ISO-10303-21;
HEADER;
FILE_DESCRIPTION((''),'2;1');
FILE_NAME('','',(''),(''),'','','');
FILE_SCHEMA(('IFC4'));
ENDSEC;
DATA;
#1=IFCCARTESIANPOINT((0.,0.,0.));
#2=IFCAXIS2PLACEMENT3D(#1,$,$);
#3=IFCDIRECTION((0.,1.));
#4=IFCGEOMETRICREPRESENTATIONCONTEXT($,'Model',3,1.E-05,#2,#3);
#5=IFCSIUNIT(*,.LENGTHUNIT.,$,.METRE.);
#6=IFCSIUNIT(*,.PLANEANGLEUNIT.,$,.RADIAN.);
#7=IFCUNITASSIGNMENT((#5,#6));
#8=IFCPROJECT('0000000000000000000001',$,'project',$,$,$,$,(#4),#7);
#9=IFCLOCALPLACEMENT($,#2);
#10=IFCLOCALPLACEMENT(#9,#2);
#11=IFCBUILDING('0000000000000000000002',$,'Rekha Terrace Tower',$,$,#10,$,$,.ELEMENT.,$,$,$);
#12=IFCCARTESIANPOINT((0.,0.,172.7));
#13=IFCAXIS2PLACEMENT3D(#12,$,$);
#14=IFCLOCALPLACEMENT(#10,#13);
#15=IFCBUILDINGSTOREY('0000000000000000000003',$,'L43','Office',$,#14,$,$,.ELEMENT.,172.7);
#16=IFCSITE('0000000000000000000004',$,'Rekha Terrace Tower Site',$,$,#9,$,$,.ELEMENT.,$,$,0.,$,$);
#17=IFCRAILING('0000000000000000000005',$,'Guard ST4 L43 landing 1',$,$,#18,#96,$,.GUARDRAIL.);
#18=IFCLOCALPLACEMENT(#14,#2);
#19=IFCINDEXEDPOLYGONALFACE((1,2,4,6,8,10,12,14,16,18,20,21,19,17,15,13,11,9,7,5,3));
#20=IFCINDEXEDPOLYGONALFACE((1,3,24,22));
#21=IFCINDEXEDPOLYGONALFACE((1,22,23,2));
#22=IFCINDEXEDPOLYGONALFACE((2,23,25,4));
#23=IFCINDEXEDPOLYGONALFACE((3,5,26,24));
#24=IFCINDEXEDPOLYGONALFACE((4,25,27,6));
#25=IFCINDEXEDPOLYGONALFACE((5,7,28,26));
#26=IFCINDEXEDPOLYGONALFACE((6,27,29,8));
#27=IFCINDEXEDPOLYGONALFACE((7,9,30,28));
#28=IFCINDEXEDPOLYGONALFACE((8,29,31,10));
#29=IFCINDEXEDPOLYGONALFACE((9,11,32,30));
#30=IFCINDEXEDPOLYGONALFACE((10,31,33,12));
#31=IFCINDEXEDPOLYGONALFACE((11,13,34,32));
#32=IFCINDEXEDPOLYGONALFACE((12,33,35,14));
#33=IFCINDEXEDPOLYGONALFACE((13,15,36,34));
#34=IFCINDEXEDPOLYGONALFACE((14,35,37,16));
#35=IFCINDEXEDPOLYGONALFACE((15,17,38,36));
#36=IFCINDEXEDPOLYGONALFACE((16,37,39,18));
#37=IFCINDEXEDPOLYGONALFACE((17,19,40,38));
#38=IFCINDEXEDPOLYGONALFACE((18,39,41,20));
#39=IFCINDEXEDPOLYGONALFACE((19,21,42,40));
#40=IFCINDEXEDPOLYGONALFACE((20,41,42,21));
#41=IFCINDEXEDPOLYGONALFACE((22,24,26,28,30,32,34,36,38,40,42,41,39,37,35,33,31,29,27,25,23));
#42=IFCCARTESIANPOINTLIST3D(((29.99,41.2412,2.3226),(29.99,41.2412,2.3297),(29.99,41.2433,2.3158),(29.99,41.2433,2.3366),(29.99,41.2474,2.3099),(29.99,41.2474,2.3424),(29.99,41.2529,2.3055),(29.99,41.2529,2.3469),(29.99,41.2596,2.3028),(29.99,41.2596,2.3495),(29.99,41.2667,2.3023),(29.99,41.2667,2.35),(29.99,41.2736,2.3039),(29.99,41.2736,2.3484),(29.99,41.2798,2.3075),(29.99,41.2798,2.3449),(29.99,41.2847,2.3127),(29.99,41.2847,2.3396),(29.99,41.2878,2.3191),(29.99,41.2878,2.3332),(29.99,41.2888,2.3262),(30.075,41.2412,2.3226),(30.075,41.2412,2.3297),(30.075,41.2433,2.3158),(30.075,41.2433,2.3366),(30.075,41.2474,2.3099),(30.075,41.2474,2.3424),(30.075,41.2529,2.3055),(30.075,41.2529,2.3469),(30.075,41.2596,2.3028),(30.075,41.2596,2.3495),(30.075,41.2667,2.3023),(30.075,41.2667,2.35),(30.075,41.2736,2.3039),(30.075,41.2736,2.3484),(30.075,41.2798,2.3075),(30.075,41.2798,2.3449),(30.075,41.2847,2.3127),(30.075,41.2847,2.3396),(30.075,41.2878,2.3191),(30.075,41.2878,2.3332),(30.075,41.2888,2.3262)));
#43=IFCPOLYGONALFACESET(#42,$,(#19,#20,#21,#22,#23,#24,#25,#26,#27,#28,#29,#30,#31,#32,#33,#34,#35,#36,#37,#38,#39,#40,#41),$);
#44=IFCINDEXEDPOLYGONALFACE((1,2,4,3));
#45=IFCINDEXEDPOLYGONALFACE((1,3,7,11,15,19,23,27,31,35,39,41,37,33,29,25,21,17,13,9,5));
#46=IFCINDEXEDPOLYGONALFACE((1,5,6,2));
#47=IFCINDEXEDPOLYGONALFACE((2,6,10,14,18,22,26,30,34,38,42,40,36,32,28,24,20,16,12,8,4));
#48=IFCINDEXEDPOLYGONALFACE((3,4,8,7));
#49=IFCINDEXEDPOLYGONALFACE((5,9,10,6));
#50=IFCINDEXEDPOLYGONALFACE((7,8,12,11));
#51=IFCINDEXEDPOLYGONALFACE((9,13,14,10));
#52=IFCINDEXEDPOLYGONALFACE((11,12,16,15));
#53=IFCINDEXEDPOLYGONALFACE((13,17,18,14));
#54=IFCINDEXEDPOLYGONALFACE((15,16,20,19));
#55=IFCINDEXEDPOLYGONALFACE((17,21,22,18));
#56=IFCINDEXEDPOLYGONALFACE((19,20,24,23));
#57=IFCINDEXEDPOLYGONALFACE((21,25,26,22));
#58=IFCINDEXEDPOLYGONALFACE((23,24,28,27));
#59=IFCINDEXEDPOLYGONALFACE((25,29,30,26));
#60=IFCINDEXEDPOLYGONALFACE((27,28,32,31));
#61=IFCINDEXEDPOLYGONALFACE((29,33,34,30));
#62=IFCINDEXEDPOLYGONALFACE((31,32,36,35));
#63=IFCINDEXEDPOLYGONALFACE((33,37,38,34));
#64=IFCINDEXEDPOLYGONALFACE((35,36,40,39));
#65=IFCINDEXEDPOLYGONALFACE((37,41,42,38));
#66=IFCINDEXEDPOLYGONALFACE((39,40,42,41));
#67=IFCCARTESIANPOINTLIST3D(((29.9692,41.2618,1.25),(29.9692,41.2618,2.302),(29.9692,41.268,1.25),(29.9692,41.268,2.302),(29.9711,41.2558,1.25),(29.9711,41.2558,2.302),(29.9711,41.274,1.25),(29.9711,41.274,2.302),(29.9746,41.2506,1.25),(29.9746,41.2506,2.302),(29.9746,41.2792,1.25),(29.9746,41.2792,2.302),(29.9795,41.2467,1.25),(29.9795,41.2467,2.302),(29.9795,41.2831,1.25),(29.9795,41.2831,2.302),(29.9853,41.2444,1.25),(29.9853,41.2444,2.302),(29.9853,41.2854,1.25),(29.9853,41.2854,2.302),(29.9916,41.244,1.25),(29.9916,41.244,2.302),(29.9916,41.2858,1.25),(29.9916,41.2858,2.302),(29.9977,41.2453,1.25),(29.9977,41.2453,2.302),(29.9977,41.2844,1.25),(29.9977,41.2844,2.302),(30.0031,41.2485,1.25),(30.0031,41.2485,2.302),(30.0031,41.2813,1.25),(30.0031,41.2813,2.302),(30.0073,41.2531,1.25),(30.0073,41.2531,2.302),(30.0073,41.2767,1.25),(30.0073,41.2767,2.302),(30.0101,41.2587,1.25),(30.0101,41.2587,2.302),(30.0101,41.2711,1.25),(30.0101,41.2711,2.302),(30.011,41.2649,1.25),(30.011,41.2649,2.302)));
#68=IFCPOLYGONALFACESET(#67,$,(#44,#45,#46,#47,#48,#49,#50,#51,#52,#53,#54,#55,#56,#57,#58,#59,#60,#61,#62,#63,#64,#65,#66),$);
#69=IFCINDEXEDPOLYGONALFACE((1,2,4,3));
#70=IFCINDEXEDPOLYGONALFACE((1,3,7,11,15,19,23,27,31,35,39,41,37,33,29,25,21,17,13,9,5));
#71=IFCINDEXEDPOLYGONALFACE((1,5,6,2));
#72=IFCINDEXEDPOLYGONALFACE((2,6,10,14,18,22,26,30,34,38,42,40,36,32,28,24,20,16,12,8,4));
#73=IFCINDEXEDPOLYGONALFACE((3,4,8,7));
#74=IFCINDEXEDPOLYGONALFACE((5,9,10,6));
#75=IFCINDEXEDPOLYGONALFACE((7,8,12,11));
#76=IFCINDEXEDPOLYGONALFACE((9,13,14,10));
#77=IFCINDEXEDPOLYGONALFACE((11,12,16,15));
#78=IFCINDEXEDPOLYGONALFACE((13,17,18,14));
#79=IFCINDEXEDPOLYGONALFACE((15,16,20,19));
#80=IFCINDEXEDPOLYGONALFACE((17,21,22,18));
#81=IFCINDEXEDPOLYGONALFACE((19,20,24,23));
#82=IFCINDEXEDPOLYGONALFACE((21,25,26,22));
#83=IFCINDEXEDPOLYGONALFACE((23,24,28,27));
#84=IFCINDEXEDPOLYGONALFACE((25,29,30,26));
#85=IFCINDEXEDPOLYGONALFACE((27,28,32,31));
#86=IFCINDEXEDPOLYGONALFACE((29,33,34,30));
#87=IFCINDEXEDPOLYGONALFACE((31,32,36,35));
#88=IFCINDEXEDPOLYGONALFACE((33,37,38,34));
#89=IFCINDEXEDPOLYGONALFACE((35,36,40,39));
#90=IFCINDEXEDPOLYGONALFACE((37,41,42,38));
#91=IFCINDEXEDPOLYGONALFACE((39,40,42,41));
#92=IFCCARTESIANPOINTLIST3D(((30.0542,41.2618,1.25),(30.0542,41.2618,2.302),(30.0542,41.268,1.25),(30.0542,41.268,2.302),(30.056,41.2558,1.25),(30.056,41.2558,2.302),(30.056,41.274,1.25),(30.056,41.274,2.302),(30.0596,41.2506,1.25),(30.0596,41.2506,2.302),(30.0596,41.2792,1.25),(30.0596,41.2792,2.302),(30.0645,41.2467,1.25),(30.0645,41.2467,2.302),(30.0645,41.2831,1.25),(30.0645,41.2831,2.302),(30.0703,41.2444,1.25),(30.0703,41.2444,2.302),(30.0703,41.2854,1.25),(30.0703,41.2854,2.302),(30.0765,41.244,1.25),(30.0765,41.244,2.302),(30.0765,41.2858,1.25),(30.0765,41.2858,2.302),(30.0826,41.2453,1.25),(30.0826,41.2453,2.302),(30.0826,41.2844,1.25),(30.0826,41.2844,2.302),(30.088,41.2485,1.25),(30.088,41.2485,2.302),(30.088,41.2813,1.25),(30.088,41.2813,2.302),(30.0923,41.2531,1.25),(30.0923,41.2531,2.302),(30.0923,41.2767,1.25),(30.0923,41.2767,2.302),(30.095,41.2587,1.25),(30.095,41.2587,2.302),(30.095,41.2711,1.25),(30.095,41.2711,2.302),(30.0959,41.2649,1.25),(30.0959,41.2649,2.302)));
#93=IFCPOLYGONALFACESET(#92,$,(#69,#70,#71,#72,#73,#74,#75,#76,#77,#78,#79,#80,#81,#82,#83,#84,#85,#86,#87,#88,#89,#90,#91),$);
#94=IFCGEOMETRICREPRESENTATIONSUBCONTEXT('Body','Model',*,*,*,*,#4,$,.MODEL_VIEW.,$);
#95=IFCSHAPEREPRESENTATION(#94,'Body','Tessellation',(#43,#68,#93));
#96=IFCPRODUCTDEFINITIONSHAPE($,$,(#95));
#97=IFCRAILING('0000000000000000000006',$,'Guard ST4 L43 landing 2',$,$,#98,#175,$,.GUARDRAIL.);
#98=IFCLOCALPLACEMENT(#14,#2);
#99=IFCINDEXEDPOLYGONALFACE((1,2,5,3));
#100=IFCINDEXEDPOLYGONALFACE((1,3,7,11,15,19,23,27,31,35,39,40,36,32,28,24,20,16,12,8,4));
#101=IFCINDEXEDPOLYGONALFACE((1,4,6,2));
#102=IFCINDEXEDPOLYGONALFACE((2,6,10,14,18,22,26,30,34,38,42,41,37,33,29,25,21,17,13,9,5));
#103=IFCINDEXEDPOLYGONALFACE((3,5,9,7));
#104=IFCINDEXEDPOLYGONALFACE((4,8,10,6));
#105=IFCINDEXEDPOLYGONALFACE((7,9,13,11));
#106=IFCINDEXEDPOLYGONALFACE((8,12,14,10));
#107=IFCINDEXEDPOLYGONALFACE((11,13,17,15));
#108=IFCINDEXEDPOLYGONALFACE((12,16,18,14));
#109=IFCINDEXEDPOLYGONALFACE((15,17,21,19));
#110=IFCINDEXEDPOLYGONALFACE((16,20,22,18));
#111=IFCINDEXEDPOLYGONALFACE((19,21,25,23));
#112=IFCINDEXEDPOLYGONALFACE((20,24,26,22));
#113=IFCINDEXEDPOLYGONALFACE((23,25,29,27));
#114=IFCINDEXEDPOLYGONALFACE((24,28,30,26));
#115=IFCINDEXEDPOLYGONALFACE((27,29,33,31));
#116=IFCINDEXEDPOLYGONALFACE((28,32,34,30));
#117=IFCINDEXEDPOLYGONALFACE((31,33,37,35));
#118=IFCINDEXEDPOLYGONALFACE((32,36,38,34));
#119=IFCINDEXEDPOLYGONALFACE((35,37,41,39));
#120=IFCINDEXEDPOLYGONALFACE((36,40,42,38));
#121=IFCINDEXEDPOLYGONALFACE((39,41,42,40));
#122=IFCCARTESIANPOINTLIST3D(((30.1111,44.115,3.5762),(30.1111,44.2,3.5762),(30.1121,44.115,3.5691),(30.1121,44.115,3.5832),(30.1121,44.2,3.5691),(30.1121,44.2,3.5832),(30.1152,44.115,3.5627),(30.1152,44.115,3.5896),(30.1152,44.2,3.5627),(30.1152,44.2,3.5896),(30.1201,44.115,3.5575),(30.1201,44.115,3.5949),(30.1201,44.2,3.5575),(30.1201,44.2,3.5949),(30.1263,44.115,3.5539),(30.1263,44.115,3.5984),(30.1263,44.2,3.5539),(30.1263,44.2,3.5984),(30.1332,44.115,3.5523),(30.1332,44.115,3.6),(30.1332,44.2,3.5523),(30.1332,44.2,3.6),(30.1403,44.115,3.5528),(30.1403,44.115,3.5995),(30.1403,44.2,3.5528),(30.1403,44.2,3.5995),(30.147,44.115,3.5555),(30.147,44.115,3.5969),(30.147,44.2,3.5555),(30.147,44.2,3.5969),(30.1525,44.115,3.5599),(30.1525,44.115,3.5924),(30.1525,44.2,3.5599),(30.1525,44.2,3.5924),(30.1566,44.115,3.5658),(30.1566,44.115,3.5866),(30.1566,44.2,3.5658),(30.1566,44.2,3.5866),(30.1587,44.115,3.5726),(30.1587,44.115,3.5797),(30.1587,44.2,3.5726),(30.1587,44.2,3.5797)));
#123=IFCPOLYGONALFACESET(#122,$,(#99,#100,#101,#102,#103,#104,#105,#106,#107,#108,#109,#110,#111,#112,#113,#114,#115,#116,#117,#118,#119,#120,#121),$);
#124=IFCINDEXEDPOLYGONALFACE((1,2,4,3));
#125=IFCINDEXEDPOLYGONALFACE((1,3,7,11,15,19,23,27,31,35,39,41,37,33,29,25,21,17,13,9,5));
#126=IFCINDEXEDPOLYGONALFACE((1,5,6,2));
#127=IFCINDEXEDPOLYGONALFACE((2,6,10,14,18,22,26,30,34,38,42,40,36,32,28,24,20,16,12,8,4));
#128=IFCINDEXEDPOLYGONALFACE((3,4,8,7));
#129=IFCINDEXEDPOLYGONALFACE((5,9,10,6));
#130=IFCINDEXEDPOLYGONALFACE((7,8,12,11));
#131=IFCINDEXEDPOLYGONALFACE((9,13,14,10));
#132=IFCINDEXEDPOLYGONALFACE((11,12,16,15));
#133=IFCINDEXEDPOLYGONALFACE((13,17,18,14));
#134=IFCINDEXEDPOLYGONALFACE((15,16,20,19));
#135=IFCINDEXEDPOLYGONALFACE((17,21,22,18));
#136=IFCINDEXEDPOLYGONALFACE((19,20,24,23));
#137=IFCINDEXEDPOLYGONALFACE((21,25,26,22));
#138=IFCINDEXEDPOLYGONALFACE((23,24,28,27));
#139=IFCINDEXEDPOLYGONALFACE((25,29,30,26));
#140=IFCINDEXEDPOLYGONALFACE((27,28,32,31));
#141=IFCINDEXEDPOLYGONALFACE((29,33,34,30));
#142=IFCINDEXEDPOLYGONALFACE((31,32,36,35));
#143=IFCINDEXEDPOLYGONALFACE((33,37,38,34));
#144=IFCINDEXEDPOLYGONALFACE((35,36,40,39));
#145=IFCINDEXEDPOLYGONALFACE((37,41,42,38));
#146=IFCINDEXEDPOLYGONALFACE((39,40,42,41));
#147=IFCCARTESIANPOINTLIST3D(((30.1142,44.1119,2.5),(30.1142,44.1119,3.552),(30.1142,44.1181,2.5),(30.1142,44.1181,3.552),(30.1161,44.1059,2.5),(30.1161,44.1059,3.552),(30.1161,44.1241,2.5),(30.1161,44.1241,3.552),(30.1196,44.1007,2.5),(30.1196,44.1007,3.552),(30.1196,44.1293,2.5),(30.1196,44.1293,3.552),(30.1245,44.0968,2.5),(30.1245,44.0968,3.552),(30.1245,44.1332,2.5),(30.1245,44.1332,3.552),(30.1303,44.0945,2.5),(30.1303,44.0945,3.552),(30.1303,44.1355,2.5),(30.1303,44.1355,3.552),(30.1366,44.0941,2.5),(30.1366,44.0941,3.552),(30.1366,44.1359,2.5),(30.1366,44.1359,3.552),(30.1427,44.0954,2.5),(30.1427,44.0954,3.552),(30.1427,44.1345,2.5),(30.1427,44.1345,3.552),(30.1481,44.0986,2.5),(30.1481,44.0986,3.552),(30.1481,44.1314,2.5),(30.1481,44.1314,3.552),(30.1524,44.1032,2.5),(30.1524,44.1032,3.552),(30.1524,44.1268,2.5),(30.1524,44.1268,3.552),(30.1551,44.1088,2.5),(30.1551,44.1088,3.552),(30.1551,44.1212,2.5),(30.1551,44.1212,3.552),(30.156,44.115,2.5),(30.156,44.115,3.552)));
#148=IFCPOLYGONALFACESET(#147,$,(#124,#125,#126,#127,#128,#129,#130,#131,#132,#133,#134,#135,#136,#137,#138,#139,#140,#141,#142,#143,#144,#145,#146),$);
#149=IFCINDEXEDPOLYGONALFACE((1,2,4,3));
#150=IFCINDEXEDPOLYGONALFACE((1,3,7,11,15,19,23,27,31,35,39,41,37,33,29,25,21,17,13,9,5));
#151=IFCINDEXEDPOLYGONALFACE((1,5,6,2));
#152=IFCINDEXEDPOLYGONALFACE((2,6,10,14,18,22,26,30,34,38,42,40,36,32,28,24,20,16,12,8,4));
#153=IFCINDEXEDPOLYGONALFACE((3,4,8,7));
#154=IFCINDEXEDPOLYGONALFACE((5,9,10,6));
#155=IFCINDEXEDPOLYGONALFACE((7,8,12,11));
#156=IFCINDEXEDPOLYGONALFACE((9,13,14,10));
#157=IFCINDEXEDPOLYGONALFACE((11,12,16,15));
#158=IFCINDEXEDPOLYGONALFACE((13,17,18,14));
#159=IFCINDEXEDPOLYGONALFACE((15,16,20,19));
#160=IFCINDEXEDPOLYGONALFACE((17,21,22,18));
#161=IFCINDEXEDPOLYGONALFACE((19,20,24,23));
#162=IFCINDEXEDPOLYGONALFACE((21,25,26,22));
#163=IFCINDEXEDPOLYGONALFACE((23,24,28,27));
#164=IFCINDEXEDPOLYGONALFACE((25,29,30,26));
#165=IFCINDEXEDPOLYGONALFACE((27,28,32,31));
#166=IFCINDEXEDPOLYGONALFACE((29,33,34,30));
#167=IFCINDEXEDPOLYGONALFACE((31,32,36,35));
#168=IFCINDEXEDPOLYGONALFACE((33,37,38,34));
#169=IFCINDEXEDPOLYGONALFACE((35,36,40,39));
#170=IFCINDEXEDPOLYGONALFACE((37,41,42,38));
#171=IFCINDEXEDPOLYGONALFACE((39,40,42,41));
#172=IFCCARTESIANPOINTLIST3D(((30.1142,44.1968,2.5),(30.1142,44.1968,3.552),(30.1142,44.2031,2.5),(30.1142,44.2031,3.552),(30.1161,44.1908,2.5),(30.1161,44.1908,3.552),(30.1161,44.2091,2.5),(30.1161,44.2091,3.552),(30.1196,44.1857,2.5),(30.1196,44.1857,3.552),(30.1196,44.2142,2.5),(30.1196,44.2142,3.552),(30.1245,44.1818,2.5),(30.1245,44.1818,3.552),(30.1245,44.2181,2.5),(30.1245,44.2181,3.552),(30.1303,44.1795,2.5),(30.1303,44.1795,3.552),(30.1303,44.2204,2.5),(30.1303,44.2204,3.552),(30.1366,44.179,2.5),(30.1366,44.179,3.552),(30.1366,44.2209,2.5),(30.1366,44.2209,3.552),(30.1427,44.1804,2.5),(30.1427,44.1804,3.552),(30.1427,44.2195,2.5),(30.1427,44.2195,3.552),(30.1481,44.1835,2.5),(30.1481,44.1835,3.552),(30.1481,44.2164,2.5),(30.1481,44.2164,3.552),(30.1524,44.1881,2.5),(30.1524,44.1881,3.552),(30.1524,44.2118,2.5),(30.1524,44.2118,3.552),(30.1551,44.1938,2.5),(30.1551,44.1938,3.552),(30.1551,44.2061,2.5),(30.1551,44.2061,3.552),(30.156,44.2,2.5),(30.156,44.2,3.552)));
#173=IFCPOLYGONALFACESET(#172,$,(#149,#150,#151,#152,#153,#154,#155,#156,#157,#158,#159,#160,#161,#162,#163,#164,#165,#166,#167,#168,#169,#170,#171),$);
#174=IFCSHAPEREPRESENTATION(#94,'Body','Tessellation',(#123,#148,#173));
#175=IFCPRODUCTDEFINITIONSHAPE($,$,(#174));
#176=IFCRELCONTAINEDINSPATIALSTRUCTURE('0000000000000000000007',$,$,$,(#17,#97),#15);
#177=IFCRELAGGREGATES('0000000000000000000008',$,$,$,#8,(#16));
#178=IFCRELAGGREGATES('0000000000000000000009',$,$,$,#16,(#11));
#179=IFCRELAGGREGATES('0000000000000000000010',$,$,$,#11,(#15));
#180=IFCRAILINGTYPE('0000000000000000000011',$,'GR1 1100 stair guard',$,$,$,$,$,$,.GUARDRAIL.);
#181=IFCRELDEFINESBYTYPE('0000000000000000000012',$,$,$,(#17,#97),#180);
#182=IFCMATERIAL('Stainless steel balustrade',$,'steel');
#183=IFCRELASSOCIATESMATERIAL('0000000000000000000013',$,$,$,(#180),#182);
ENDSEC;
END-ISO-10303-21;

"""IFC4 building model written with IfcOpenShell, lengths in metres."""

from ifc_helpers import new_model, si_unit, direction, frame, origin, origin_2d, place, context, subcontext, project, spatial, circle, extrude, material, type_object, element, save


model = new_model("IFC4")

# Units and contexts
model_context = context("Model", 3, precision=1e-05, world=origin(), true_north=direction((0.0, 1.0)))
body_context = subcontext(model_context, "Body", "Model", "MODEL_VIEW")
ifc_project = project(units=[si_unit("LENGTHUNIT", "METRE"), si_unit("PLANEANGLEUNIT", "RADIAN")], contexts=[model_context])

# Site, building, storey
site_placement = place(None, origin())
site = spatial("IfcSite", under=ifc_project, at=site_placement, Name="Rekha Terrace Tower Site", CompositionType="ELEMENT", RefElevation=0.0)
building_placement = place(site_placement, origin())
building = spatial("IfcBuilding", under=site, at=building_placement, Name="Rekha Terrace Tower", CompositionType="ELEMENT")
storey_placement = place(building_placement, frame((0.0, 0.0, 172.7)))
storey = spatial("IfcBuildingStorey", under=building, at=storey_placement, Name="L43", Description="Office", CompositionType="ELEMENT", Elevation=172.7)

# Railings
ifc_material_1 = material(Name="Stainless steel balustrade", Category="steel")
railing_type_1 = type_object("IfcRailingType", Name="GR1 1100 stair guard", PredefinedType="GUARDRAIL", material=ifc_material_1)
railing_1_placement = place(storey_placement, frame((29.99, 41.2649, 1.25)))
element("IfcRailing", 1, at=railing_1_placement, inside=storey, type_object=railing_type_1, Name="Guard ST4 L43 landing 1", PredefinedType="GUARDRAIL", context=body_context, shape_type="SweptSolid", body=[
    extrude(circle(Radius=0.0239, at=origin_2d()), frame((0.0, 0.0, 1.0762), z_axis=(1.0, 0.0, 0.0), x_axis=(0.0, 1.0, 0.0)), (0.0, 0.0, 1.0), 0.085),
    extrude(circle(Radius=0.021, at=origin_2d()), origin(), (0.0, 0.0, 1.0), 1.052),
    extrude(circle(Radius=0.021, at=origin_2d()), frame((0.085, 0.0, 0.0)), (0.0, 0.0, 1.0), 1.052),
])
railing_2_placement = place(storey_placement, frame((30.135, 44.115, 2.5)))
element("IfcRailing", 2, at=railing_2_placement, inside=storey, type_object=railing_type_1, Name="Guard ST4 L43 landing 2", PredefinedType="GUARDRAIL", context=body_context, shape_type="SweptSolid", body=[
    extrude(circle(Radius=0.0239, at=origin_2d()), frame((0.0, 0.0, 1.0762), z_axis=(0.0, 1.0, 0.0), x_axis=(-1.0, 0.0, 0.0)), (0.0, 0.0, 1.0), 0.085),
    extrude(circle(Radius=0.021, at=origin_2d()), origin(), (0.0, 0.0, 1.0), 1.052),
    extrude(circle(Radius=0.021, at=origin_2d()), frame((0.0, 0.085, 0.0)), (0.0, 0.0, 1.0), 1.052),
])

save(model, "model.ifc")
